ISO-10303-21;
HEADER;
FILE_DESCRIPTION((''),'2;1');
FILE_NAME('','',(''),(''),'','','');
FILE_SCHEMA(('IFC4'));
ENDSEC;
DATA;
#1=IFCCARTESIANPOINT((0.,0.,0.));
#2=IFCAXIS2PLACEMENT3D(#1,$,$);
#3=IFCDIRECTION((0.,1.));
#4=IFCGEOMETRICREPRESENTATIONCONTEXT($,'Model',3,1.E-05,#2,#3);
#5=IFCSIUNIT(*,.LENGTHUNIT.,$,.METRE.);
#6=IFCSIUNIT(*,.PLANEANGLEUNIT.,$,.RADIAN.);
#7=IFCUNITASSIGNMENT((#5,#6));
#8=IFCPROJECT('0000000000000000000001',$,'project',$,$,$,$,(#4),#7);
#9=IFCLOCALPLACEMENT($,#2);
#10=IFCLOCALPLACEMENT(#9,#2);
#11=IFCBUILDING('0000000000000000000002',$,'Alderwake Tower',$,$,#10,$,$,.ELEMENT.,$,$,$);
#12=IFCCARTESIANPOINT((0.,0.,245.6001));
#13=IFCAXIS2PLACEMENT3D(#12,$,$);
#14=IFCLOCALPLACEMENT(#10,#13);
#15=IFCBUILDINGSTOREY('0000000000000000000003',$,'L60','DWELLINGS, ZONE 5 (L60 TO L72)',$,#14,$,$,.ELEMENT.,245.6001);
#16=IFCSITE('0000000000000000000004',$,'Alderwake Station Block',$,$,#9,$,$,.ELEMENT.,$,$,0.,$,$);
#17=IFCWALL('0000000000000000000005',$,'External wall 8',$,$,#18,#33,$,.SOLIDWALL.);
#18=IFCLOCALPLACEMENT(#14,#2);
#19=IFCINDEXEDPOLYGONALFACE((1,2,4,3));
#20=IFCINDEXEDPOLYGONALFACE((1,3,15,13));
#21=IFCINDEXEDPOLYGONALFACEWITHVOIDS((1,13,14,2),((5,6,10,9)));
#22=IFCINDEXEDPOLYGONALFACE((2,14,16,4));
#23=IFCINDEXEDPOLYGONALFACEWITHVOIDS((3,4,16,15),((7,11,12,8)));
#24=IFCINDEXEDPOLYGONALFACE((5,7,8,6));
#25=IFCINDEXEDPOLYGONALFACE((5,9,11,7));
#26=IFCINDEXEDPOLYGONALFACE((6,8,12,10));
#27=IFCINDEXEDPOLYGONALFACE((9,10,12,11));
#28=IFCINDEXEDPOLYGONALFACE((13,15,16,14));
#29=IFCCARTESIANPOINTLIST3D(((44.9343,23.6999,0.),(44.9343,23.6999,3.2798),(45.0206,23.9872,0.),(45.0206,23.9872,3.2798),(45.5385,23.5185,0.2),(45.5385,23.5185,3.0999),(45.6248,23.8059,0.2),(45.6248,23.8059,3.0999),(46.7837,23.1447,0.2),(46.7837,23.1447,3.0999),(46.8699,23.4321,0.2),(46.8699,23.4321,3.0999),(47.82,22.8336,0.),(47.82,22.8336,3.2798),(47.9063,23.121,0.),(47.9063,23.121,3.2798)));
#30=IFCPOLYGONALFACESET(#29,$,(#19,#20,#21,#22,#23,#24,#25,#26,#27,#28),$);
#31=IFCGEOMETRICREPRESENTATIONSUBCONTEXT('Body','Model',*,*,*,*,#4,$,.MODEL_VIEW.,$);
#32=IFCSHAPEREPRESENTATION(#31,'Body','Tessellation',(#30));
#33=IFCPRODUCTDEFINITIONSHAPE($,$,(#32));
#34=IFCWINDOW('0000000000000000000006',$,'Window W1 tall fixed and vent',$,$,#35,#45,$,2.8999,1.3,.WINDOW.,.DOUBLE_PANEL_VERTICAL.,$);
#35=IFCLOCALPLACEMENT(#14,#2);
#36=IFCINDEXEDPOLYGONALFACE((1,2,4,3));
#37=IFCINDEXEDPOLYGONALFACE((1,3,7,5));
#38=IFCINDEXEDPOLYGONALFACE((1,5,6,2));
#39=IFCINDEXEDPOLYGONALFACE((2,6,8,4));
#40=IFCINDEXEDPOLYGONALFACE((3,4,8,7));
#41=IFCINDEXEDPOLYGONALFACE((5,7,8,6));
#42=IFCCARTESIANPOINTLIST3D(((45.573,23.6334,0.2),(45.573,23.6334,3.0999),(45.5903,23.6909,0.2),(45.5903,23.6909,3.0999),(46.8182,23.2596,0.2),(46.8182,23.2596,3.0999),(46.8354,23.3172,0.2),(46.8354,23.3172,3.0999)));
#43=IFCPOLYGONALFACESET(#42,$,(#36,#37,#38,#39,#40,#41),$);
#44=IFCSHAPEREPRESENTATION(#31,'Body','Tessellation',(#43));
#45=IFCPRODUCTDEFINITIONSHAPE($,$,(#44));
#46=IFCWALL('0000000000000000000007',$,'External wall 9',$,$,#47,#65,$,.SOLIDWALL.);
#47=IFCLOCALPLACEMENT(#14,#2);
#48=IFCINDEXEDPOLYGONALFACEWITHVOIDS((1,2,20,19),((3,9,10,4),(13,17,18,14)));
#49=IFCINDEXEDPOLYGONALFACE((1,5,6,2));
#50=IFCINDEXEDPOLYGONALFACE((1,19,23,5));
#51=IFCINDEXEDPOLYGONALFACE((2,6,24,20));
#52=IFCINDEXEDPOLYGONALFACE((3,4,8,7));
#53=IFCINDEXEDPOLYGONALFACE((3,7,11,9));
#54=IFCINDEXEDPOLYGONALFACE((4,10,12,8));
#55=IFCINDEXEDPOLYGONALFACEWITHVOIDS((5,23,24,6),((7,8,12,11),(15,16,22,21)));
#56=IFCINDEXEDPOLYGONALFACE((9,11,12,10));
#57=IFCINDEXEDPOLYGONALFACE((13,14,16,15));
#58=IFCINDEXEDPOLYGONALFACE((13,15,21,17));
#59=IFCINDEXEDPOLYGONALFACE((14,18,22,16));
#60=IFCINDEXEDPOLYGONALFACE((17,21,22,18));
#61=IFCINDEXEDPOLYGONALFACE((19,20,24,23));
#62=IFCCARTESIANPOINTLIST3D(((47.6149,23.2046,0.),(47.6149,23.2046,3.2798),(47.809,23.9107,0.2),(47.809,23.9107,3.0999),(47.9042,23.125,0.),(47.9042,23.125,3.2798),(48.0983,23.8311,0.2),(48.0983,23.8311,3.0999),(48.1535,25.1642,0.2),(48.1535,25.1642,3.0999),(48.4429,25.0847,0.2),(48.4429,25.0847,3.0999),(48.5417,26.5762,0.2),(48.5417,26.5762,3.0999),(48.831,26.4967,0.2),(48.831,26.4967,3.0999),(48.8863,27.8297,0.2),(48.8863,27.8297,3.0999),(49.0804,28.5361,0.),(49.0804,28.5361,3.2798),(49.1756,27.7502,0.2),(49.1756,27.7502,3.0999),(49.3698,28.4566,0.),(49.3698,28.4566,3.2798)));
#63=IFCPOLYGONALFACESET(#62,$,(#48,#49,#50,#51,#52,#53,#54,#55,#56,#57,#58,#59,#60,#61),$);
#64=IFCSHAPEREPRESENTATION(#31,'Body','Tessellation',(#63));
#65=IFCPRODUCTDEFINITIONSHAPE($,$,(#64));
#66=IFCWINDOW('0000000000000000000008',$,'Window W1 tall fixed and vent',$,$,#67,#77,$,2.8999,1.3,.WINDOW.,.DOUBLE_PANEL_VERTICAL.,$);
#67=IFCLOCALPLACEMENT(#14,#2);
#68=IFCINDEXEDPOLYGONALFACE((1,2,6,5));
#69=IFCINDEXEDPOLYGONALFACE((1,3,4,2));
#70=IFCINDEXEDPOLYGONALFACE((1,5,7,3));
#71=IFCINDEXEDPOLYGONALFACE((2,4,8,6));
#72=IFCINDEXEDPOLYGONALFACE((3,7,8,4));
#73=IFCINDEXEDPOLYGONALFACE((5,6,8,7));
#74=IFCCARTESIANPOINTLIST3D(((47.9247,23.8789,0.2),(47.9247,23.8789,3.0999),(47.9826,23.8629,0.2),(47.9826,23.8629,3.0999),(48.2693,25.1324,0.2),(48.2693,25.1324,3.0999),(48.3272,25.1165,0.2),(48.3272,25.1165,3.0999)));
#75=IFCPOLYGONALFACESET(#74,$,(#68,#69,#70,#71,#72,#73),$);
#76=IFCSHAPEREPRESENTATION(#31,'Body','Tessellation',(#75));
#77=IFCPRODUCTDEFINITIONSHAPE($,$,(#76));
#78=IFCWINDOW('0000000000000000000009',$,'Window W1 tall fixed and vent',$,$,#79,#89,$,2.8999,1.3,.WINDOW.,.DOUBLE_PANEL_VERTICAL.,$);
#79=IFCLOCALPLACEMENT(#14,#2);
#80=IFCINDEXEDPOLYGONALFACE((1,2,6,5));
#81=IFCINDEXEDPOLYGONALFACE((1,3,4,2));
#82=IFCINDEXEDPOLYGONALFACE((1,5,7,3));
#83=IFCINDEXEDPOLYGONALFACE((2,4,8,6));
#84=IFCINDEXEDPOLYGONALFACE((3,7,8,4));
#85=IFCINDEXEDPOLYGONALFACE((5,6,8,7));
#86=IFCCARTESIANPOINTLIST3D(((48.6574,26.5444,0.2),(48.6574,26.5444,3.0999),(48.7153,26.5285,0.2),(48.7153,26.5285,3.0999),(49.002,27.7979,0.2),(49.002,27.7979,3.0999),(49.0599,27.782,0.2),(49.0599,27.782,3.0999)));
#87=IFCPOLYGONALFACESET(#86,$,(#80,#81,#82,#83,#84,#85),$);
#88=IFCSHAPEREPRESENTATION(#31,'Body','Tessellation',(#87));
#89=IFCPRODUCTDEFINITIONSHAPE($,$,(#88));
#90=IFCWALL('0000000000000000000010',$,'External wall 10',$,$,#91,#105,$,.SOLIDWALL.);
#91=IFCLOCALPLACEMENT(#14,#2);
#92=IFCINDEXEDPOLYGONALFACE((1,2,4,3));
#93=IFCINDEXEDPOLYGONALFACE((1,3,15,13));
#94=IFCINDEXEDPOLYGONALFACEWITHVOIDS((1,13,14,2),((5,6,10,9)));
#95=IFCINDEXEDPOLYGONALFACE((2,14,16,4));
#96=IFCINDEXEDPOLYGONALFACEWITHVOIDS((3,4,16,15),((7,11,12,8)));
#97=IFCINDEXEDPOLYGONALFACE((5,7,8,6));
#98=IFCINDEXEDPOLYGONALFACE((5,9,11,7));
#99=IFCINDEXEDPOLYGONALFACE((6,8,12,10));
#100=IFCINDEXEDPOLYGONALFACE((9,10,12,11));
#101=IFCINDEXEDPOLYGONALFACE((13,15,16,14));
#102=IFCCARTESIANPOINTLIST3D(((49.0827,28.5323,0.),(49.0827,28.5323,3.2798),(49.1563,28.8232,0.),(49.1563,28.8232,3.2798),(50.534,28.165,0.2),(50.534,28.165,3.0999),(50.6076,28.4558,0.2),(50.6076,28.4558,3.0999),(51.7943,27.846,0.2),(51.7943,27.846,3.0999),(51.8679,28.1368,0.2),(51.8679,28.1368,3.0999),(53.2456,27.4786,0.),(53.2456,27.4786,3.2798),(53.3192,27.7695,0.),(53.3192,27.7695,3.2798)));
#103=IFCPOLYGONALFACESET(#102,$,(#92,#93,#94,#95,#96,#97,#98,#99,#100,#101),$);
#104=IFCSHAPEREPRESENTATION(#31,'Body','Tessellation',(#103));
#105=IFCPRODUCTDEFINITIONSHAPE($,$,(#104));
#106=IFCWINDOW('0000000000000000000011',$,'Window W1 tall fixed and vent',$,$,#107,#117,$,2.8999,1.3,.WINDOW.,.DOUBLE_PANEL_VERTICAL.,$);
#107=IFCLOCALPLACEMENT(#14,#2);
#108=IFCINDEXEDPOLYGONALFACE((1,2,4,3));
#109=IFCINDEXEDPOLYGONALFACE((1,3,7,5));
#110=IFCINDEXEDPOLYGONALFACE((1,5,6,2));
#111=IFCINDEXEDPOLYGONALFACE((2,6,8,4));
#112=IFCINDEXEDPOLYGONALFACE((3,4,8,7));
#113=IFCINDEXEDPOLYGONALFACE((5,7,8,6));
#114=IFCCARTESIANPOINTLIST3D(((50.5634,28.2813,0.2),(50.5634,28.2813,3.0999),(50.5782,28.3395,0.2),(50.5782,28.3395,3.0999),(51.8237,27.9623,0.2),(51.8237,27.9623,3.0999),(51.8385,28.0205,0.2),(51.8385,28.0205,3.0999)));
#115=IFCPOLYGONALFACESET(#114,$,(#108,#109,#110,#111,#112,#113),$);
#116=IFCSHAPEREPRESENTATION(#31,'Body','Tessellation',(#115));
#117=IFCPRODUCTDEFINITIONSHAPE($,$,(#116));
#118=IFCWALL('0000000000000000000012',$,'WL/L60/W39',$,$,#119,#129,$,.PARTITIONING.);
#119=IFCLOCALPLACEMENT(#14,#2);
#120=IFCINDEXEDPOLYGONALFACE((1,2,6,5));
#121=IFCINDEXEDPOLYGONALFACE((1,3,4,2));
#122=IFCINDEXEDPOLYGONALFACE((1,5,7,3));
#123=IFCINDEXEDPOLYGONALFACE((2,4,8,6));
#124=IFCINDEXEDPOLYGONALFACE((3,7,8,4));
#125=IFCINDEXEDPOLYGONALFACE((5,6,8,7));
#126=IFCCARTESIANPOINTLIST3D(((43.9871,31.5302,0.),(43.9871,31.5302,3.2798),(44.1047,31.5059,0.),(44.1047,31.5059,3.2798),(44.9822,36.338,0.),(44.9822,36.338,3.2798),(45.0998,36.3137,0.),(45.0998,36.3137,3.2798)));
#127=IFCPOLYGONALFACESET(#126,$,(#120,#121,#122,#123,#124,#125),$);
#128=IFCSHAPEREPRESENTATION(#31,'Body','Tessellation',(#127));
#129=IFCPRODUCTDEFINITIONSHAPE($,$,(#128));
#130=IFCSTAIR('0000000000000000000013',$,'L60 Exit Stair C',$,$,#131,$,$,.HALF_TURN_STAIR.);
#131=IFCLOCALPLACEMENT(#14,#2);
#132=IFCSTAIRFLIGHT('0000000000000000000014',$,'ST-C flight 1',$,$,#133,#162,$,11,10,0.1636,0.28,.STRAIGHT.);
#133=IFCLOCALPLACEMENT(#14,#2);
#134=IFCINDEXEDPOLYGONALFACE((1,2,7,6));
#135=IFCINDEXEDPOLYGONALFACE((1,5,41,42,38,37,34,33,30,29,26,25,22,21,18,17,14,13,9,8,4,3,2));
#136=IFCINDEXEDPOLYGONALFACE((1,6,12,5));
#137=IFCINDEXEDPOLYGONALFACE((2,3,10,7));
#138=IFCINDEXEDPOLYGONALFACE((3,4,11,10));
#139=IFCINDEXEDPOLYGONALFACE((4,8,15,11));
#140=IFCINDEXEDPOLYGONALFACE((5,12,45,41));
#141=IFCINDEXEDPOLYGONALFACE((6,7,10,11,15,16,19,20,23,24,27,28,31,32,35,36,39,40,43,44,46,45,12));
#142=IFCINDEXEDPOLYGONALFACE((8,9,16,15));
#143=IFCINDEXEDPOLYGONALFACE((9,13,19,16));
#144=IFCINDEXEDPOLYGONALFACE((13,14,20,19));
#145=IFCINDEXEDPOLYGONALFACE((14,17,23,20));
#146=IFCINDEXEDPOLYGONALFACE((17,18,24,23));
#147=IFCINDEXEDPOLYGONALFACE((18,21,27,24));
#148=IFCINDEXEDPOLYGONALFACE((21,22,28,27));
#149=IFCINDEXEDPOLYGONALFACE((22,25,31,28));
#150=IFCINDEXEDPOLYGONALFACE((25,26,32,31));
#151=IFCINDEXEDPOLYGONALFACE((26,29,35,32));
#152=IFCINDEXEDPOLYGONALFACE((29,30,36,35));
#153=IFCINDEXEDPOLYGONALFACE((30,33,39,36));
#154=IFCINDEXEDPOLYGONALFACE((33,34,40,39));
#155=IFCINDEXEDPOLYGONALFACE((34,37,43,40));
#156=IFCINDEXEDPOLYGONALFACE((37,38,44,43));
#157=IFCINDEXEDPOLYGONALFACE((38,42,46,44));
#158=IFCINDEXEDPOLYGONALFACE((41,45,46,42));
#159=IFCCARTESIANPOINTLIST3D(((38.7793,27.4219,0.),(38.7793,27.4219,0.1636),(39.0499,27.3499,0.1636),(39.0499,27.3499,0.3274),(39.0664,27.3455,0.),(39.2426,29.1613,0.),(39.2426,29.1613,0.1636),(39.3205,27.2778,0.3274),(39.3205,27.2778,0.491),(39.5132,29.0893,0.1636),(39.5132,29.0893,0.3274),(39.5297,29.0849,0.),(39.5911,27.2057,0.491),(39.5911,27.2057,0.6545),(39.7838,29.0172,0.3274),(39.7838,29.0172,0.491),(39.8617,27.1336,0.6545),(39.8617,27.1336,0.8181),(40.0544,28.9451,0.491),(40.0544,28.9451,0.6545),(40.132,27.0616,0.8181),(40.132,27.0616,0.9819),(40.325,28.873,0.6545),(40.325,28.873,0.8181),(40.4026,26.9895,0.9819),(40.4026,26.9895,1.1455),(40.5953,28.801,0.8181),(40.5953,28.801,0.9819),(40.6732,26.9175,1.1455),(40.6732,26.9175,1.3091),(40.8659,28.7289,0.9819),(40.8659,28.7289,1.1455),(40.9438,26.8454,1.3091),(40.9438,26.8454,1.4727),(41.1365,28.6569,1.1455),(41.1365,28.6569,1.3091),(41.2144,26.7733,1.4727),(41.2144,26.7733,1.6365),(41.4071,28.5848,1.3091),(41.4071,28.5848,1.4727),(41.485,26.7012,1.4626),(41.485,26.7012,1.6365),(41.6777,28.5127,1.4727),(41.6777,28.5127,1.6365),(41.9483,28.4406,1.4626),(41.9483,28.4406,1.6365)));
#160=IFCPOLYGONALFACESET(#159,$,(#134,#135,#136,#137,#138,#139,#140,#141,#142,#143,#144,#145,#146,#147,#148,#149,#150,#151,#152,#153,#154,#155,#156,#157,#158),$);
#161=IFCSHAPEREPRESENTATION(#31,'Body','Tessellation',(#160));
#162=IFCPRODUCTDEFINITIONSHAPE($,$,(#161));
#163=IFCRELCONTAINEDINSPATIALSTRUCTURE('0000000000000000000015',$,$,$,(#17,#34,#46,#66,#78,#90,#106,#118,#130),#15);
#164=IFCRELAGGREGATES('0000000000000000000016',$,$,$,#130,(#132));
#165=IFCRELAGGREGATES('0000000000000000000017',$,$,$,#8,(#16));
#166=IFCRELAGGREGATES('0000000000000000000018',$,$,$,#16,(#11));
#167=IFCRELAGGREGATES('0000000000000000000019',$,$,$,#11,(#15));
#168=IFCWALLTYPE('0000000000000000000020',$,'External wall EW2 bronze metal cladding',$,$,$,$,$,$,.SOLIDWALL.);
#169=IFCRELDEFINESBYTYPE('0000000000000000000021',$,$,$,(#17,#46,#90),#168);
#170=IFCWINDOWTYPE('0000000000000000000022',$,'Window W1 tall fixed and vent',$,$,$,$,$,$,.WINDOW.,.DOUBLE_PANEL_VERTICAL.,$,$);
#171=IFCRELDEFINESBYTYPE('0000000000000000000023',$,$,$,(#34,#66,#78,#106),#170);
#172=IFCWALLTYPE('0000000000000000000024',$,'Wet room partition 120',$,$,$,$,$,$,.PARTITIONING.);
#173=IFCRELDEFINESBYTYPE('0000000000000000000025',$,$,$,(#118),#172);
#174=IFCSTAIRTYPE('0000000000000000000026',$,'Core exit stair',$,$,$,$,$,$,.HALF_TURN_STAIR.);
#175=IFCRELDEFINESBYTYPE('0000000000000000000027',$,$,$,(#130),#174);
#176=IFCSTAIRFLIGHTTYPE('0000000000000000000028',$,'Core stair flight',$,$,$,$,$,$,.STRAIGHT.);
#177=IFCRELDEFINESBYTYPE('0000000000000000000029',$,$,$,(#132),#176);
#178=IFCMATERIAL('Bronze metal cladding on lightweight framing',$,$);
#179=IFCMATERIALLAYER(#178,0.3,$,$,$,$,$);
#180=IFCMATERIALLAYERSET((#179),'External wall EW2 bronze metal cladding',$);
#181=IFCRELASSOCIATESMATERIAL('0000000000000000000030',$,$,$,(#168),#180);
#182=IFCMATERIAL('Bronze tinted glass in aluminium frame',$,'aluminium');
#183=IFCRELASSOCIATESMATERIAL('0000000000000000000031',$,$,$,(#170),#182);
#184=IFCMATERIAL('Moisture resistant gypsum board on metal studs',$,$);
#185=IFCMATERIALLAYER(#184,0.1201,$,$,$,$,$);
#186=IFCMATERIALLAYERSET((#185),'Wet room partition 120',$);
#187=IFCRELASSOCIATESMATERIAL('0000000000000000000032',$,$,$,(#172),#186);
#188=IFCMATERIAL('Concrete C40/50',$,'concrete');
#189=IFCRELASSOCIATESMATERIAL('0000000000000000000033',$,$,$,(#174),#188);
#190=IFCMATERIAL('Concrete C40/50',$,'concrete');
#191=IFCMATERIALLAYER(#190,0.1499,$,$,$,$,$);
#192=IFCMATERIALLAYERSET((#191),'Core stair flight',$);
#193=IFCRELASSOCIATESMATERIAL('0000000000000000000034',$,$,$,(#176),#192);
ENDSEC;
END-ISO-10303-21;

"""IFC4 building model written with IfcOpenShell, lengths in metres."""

from ifc_helpers import new_model, si_unit, direction, frame, frame_2d, origin, place, context, subcontext, project, spatial, polyline, rectangle, outline, extrude, material, layer, layer_set, type_object, element, fill, aggregate, save


model = new_model("IFC4")

# Units and contexts
model_context = context("Model", 3, precision=1e-05, world=origin(), true_north=direction((0.0, 1.0)))
body_context = subcontext(model_context, "Body", "Model", "MODEL_VIEW")
ifc_project = project(units=[si_unit("LENGTHUNIT", "METRE"), si_unit("PLANEANGLEUNIT", "RADIAN")], contexts=[model_context])

# Site, building, storey
site_placement = place(None, origin())
site = spatial("IfcSite", under=ifc_project, at=site_placement, Name="Alderwake Station Block", CompositionType="ELEMENT", RefElevation=0.0)
building_placement = place(site_placement, origin())
building = spatial("IfcBuilding", under=site, at=building_placement, Name="Alderwake Tower", CompositionType="ELEMENT")
storey_placement = place(building_placement, frame((0.0, 0.0, 245.6001)))
storey = spatial("IfcBuildingStorey", under=building, at=storey_placement, Name="L60", Description="DWELLINGS, ZONE 5 (L60 TO L72)", CompositionType="ELEMENT", Elevation=245.6001)

# Shared definitions
ifc_material_1 = material(Name="Bronze metal cladding on lightweight framing")
ifc_layer_1 = layer(ifc_material_1, 0.3)
ifc_layer_set_1 = layer_set([ifc_layer_1], Name="External wall EW2 bronze metal cladding")
wall_type_1 = type_object("IfcWallType", Name="External wall EW2 bronze metal cladding", PredefinedType="SOLIDWALL", material=ifc_layer_set_1)
ifc_material_2 = material(Name="Bronze tinted glass in aluminium frame", Category="aluminium")
window_type = type_object("IfcWindowType", Name="Window W1 tall fixed and vent", PartitioningType="DOUBLE_PANEL_VERTICAL", PredefinedType="WINDOW", material=ifc_material_2)

# Wall, opening, window
wall_1_placement = place(storey_placement, frame((44.9775, 23.8435, 0.0), z_axis=(0.0, 0.0, 1.0), x_axis=(0.957782, -0.287497, 0.0)))
wall_1 = element("IfcWall", 1, at=wall_1_placement, inside=storey, type_object=wall_type_1, Name="External wall 8", PredefinedType="SOLIDWALL", context=body_context, shape_type="SweptSolid", body=[
    extrude(rectangle(XDim=3.0129, YDim=0.3, at=frame_2d((1.5063, 0.0))), origin(), (0.0, 0.0, 1.0), 3.2798),
])
opening_1_placement = place(wall_1_placement, frame((0.6309, 0.0, 0.2)))
opening_1 = element("IfcOpeningElement", 2, at=opening_1_placement, cuts=wall_1, PredefinedType="OPENING", context=body_context, shape_type="SweptSolid", body=[
    extrude(rectangle(XDim=1.3, YDim=2.8999, at=frame_2d((0.6499, 1.45))), frame((0.0, 0.1599, 0.0), z_axis=(0.0, -1.0, 0.0), x_axis=(1.0, 0.0, 0.0)), (0.0, 0.0, 1.0), 0.3201),
])
window_1_placement = place(opening_1_placement, origin())
window_1 = element("IfcWindow", 3, at=window_1_placement, inside=storey, type_object=window_type, Name="Window W1 tall fixed and vent", OverallHeight=2.8999, OverallWidth=1.3, PartitioningType="DOUBLE_PANEL_VERTICAL", PredefinedType="WINDOW", context=body_context, shape_type="SweptSolid", body=[
    extrude(rectangle(XDim=1.3, YDim=2.8999, at=frame_2d((0.6499, 1.45))), frame((0.0, 0.03, 0.0), z_axis=(0.0, -1.0, 0.0), x_axis=(1.0, 0.0, 0.0)), (0.0, 0.0, 1.0), 0.0601),
])
fill(opening_1, window_1)

# Wall, openings, windows
wall_2_placement = place(storey_placement, frame((47.7595, 23.1648, 0.0), z_axis=(0.0, 0.0, 1.0), x_axis=(0.265056, 0.964233, 0.0)))
wall_2 = element("IfcWall", 4, at=wall_2_placement, inside=storey, type_object=wall_type_1, Name="External wall 9", PredefinedType="SOLIDWALL", context=body_context, shape_type="SweptSolid", body=[
    extrude(rectangle(XDim=5.5293, YDim=0.3, at=frame_2d((2.7646, 0.0))), origin(), (0.0, 0.0, 1.0), 3.2798),
])
opening_2_placement = place(wall_2_placement, frame((0.7324, 0.0, 0.2)))
opening_2 = element("IfcOpeningElement", 5, at=opening_2_placement, cuts=wall_2, PredefinedType="OPENING", context=body_context, shape_type="SweptSolid", body=[
    extrude(rectangle(XDim=1.3, YDim=2.8999, at=frame_2d((0.6499, 1.45))), frame((0.0, 0.1599, 0.0), z_axis=(0.0, -1.0, 0.0), x_axis=(1.0, 0.0, 0.0)), (0.0, 0.0, 1.0), 0.3201),
])
opening_3_placement = place(wall_2_placement, frame((3.4968, 0.0, 0.2)))
opening_3 = element("IfcOpeningElement", 6, at=opening_3_placement, cuts=wall_2, PredefinedType="OPENING", context=body_context, shape_type="SweptSolid", body=[
    extrude(rectangle(XDim=1.3, YDim=2.8999, at=frame_2d((0.6499, 1.45))), frame((0.0, 0.1599, 0.0), z_axis=(0.0, -1.0, 0.0), x_axis=(1.0, 0.0, 0.0)), (0.0, 0.0, 1.0), 0.3201),
])
window_2_placement = place(opening_2_placement, origin())
window_2 = element("IfcWindow", 7, at=window_2_placement, inside=storey, type_object=window_type, Name="Window W1 tall fixed and vent", OverallHeight=2.8999, OverallWidth=1.3, PartitioningType="DOUBLE_PANEL_VERTICAL", PredefinedType="WINDOW", context=body_context, shape_type="SweptSolid", body=[
    extrude(rectangle(XDim=1.3, YDim=2.8999, at=frame_2d((0.6499, 1.45))), frame((0.0, 0.03, 0.0), z_axis=(0.0, -1.0, 0.0), x_axis=(1.0, 0.0, 0.0)), (0.0, 0.0, 1.0), 0.0601),
])
fill(opening_2, window_2)
window_3_placement = place(opening_3_placement, origin())
window_3 = element("IfcWindow", 8, at=window_3_placement, inside=storey, type_object=window_type, Name="Window W1 tall fixed and vent", OverallHeight=2.8999, OverallWidth=1.3, PartitioningType="DOUBLE_PANEL_VERTICAL", PredefinedType="WINDOW", context=body_context, shape_type="SweptSolid", body=[
    extrude(rectangle(XDim=1.3, YDim=2.8999, at=frame_2d((0.6499, 1.45))), frame((0.0, 0.03, 0.0), z_axis=(0.0, -1.0, 0.0), x_axis=(1.0, 0.0, 0.0)), (0.0, 0.0, 1.0), 0.0601),
])
fill(opening_3, window_3)

# Wall, opening, window
wall_3_placement = place(storey_placement, frame((49.1196, 28.6777, 0.0), z_axis=(0.0, 0.0, 1.0), x_axis=(0.969426, -0.245384, 0.0)))
wall_3 = element("IfcWall", 9, at=wall_3_placement, inside=storey, type_object=wall_type_1, Name="External wall 10", PredefinedType="SOLIDWALL", context=body_context, shape_type="SweptSolid", body=[
    extrude(rectangle(XDim=4.2942, YDim=0.3, at=frame_2d((2.147, 0.0))), origin(), (0.0, 0.0, 1.0), 3.2798),
])
opening_4_placement = place(wall_3_placement, frame((1.4971, 0.0, 0.2)))
opening_4 = element("IfcOpeningElement", 10, at=opening_4_placement, cuts=wall_3, PredefinedType="OPENING", context=body_context, shape_type="SweptSolid", body=[
    extrude(rectangle(XDim=1.3, YDim=2.8999, at=frame_2d((0.6499, 1.45))), frame((0.0, 0.1599, 0.0), z_axis=(0.0, -1.0, 0.0), x_axis=(1.0, 0.0, 0.0)), (0.0, 0.0, 1.0), 0.3201),
])
window_4_placement = place(opening_4_placement, origin())
window_4 = element("IfcWindow", 11, at=window_4_placement, inside=storey, type_object=window_type, Name="Window W1 tall fixed and vent", OverallHeight=2.8999, OverallWidth=1.3, PartitioningType="DOUBLE_PANEL_VERTICAL", PredefinedType="WINDOW", context=body_context, shape_type="SweptSolid", body=[
    extrude(rectangle(XDim=1.3, YDim=2.8999, at=frame_2d((0.6499, 1.45))), frame((0.0, 0.03, 0.0), z_axis=(0.0, -1.0, 0.0), x_axis=(1.0, 0.0, 0.0)), (0.0, 0.0, 1.0), 0.0601),
])
fill(opening_4, window_4)

# Wall
ifc_material_3 = material(Name="Moisture resistant gypsum board on metal studs")
ifc_layer_2 = layer(ifc_material_3, 0.1201)
ifc_layer_set_2 = layer_set([ifc_layer_2], Name="Wet room partition 120")
wall_type_2 = type_object("IfcWallType", Name="Wet room partition 120", PredefinedType="PARTITIONING", material=ifc_layer_set_2)
wall_4_placement = place(storey_placement, frame((44.0459, 31.5181, 0.0), z_axis=(0.0, 0.0, 1.0), x_axis=(0.202681, 0.979245, 0.0)))
element("IfcWall", 12, at=wall_4_placement, inside=storey, type_object=wall_type_2, Name="WL/L60/W39", PredefinedType="PARTITIONING", context=body_context, shape_type="SweptSolid", body=[
    extrude(rectangle(XDim=4.9097, YDim=0.1201, at=frame_2d((2.4548, 0.0))), origin(), (0.0, 0.0, 1.0), 3.2798),
])

# Stair, stair flight
ifc_material_4 = material(Name="Concrete C40/50", Category="concrete")
stair_type = type_object("IfcStairType", Name="Core exit stair", PredefinedType="HALF_TURN_STAIR", material=ifc_material_4)
stair_placement = place(storey_placement, origin())
stair = element("IfcStair", 13, at=stair_placement, inside=storey, type_object=stair_type, Name="L60 Exit Stair C", PredefinedType="HALF_TURN_STAIR")
ifc_material_5 = material(Name="Concrete C40/50", Category="concrete")
ifc_layer_3 = layer(ifc_material_5, 0.1499)
ifc_layer_set_3 = layer_set([ifc_layer_3], Name="Core stair flight")
stair_flight_type = type_object("IfcStairFlightType", Name="Core stair flight", PredefinedType="STRAIGHT", material=ifc_layer_set_3)
stair_flight_1_placement = place(storey_placement, frame((39.011, 28.2917, 0.0), z_axis=(0.0, 0.0, 1.0), x_axis=(0.96631, -0.257382, 0.0)))
stair_flight_1 = element("IfcStairFlight", 14, at=stair_flight_1_placement, type_object=stair_flight_type, Name="ST-C flight 1", NumberOfRisers=11, NumberOfTreads=10, PredefinedType="STRAIGHT", RiserHeight=0.1636, TreadLength=0.28, context=body_context, shape_type="SweptSolid", body=[
    extrude(outline(polyline([(0.0, 0.0), (0.0, 0.1636), (0.28, 0.1636), (0.28, 0.3274), (0.5601, 0.3274), (0.5601, 0.491), (0.8401, 0.491), (0.8401, 0.6545), (1.1201, 0.6545), (1.1201, 0.8181), (1.3999, 0.8181), (1.3999, 0.9819), (1.6799, 0.9819), (1.6799, 1.1455), (1.96, 1.1455), (1.96, 1.3091), (2.24, 1.3091), (2.24, 1.4727), (2.52, 1.4727), (2.52, 1.6365), (2.8, 1.6365), (2.8, 1.8), (2.8, 1.4626), (0.2971, 0.0), (0.0, 0.0)])), frame((0.0, 0.8999, 0.0), z_axis=(0.0, -1.0, 0.0), x_axis=(1.0, 0.0, 0.0)), (0.0, 0.0, 1.0), 1.8),
])
aggregate(stair, [stair_flight_1])

save(model, "model.ifc")
